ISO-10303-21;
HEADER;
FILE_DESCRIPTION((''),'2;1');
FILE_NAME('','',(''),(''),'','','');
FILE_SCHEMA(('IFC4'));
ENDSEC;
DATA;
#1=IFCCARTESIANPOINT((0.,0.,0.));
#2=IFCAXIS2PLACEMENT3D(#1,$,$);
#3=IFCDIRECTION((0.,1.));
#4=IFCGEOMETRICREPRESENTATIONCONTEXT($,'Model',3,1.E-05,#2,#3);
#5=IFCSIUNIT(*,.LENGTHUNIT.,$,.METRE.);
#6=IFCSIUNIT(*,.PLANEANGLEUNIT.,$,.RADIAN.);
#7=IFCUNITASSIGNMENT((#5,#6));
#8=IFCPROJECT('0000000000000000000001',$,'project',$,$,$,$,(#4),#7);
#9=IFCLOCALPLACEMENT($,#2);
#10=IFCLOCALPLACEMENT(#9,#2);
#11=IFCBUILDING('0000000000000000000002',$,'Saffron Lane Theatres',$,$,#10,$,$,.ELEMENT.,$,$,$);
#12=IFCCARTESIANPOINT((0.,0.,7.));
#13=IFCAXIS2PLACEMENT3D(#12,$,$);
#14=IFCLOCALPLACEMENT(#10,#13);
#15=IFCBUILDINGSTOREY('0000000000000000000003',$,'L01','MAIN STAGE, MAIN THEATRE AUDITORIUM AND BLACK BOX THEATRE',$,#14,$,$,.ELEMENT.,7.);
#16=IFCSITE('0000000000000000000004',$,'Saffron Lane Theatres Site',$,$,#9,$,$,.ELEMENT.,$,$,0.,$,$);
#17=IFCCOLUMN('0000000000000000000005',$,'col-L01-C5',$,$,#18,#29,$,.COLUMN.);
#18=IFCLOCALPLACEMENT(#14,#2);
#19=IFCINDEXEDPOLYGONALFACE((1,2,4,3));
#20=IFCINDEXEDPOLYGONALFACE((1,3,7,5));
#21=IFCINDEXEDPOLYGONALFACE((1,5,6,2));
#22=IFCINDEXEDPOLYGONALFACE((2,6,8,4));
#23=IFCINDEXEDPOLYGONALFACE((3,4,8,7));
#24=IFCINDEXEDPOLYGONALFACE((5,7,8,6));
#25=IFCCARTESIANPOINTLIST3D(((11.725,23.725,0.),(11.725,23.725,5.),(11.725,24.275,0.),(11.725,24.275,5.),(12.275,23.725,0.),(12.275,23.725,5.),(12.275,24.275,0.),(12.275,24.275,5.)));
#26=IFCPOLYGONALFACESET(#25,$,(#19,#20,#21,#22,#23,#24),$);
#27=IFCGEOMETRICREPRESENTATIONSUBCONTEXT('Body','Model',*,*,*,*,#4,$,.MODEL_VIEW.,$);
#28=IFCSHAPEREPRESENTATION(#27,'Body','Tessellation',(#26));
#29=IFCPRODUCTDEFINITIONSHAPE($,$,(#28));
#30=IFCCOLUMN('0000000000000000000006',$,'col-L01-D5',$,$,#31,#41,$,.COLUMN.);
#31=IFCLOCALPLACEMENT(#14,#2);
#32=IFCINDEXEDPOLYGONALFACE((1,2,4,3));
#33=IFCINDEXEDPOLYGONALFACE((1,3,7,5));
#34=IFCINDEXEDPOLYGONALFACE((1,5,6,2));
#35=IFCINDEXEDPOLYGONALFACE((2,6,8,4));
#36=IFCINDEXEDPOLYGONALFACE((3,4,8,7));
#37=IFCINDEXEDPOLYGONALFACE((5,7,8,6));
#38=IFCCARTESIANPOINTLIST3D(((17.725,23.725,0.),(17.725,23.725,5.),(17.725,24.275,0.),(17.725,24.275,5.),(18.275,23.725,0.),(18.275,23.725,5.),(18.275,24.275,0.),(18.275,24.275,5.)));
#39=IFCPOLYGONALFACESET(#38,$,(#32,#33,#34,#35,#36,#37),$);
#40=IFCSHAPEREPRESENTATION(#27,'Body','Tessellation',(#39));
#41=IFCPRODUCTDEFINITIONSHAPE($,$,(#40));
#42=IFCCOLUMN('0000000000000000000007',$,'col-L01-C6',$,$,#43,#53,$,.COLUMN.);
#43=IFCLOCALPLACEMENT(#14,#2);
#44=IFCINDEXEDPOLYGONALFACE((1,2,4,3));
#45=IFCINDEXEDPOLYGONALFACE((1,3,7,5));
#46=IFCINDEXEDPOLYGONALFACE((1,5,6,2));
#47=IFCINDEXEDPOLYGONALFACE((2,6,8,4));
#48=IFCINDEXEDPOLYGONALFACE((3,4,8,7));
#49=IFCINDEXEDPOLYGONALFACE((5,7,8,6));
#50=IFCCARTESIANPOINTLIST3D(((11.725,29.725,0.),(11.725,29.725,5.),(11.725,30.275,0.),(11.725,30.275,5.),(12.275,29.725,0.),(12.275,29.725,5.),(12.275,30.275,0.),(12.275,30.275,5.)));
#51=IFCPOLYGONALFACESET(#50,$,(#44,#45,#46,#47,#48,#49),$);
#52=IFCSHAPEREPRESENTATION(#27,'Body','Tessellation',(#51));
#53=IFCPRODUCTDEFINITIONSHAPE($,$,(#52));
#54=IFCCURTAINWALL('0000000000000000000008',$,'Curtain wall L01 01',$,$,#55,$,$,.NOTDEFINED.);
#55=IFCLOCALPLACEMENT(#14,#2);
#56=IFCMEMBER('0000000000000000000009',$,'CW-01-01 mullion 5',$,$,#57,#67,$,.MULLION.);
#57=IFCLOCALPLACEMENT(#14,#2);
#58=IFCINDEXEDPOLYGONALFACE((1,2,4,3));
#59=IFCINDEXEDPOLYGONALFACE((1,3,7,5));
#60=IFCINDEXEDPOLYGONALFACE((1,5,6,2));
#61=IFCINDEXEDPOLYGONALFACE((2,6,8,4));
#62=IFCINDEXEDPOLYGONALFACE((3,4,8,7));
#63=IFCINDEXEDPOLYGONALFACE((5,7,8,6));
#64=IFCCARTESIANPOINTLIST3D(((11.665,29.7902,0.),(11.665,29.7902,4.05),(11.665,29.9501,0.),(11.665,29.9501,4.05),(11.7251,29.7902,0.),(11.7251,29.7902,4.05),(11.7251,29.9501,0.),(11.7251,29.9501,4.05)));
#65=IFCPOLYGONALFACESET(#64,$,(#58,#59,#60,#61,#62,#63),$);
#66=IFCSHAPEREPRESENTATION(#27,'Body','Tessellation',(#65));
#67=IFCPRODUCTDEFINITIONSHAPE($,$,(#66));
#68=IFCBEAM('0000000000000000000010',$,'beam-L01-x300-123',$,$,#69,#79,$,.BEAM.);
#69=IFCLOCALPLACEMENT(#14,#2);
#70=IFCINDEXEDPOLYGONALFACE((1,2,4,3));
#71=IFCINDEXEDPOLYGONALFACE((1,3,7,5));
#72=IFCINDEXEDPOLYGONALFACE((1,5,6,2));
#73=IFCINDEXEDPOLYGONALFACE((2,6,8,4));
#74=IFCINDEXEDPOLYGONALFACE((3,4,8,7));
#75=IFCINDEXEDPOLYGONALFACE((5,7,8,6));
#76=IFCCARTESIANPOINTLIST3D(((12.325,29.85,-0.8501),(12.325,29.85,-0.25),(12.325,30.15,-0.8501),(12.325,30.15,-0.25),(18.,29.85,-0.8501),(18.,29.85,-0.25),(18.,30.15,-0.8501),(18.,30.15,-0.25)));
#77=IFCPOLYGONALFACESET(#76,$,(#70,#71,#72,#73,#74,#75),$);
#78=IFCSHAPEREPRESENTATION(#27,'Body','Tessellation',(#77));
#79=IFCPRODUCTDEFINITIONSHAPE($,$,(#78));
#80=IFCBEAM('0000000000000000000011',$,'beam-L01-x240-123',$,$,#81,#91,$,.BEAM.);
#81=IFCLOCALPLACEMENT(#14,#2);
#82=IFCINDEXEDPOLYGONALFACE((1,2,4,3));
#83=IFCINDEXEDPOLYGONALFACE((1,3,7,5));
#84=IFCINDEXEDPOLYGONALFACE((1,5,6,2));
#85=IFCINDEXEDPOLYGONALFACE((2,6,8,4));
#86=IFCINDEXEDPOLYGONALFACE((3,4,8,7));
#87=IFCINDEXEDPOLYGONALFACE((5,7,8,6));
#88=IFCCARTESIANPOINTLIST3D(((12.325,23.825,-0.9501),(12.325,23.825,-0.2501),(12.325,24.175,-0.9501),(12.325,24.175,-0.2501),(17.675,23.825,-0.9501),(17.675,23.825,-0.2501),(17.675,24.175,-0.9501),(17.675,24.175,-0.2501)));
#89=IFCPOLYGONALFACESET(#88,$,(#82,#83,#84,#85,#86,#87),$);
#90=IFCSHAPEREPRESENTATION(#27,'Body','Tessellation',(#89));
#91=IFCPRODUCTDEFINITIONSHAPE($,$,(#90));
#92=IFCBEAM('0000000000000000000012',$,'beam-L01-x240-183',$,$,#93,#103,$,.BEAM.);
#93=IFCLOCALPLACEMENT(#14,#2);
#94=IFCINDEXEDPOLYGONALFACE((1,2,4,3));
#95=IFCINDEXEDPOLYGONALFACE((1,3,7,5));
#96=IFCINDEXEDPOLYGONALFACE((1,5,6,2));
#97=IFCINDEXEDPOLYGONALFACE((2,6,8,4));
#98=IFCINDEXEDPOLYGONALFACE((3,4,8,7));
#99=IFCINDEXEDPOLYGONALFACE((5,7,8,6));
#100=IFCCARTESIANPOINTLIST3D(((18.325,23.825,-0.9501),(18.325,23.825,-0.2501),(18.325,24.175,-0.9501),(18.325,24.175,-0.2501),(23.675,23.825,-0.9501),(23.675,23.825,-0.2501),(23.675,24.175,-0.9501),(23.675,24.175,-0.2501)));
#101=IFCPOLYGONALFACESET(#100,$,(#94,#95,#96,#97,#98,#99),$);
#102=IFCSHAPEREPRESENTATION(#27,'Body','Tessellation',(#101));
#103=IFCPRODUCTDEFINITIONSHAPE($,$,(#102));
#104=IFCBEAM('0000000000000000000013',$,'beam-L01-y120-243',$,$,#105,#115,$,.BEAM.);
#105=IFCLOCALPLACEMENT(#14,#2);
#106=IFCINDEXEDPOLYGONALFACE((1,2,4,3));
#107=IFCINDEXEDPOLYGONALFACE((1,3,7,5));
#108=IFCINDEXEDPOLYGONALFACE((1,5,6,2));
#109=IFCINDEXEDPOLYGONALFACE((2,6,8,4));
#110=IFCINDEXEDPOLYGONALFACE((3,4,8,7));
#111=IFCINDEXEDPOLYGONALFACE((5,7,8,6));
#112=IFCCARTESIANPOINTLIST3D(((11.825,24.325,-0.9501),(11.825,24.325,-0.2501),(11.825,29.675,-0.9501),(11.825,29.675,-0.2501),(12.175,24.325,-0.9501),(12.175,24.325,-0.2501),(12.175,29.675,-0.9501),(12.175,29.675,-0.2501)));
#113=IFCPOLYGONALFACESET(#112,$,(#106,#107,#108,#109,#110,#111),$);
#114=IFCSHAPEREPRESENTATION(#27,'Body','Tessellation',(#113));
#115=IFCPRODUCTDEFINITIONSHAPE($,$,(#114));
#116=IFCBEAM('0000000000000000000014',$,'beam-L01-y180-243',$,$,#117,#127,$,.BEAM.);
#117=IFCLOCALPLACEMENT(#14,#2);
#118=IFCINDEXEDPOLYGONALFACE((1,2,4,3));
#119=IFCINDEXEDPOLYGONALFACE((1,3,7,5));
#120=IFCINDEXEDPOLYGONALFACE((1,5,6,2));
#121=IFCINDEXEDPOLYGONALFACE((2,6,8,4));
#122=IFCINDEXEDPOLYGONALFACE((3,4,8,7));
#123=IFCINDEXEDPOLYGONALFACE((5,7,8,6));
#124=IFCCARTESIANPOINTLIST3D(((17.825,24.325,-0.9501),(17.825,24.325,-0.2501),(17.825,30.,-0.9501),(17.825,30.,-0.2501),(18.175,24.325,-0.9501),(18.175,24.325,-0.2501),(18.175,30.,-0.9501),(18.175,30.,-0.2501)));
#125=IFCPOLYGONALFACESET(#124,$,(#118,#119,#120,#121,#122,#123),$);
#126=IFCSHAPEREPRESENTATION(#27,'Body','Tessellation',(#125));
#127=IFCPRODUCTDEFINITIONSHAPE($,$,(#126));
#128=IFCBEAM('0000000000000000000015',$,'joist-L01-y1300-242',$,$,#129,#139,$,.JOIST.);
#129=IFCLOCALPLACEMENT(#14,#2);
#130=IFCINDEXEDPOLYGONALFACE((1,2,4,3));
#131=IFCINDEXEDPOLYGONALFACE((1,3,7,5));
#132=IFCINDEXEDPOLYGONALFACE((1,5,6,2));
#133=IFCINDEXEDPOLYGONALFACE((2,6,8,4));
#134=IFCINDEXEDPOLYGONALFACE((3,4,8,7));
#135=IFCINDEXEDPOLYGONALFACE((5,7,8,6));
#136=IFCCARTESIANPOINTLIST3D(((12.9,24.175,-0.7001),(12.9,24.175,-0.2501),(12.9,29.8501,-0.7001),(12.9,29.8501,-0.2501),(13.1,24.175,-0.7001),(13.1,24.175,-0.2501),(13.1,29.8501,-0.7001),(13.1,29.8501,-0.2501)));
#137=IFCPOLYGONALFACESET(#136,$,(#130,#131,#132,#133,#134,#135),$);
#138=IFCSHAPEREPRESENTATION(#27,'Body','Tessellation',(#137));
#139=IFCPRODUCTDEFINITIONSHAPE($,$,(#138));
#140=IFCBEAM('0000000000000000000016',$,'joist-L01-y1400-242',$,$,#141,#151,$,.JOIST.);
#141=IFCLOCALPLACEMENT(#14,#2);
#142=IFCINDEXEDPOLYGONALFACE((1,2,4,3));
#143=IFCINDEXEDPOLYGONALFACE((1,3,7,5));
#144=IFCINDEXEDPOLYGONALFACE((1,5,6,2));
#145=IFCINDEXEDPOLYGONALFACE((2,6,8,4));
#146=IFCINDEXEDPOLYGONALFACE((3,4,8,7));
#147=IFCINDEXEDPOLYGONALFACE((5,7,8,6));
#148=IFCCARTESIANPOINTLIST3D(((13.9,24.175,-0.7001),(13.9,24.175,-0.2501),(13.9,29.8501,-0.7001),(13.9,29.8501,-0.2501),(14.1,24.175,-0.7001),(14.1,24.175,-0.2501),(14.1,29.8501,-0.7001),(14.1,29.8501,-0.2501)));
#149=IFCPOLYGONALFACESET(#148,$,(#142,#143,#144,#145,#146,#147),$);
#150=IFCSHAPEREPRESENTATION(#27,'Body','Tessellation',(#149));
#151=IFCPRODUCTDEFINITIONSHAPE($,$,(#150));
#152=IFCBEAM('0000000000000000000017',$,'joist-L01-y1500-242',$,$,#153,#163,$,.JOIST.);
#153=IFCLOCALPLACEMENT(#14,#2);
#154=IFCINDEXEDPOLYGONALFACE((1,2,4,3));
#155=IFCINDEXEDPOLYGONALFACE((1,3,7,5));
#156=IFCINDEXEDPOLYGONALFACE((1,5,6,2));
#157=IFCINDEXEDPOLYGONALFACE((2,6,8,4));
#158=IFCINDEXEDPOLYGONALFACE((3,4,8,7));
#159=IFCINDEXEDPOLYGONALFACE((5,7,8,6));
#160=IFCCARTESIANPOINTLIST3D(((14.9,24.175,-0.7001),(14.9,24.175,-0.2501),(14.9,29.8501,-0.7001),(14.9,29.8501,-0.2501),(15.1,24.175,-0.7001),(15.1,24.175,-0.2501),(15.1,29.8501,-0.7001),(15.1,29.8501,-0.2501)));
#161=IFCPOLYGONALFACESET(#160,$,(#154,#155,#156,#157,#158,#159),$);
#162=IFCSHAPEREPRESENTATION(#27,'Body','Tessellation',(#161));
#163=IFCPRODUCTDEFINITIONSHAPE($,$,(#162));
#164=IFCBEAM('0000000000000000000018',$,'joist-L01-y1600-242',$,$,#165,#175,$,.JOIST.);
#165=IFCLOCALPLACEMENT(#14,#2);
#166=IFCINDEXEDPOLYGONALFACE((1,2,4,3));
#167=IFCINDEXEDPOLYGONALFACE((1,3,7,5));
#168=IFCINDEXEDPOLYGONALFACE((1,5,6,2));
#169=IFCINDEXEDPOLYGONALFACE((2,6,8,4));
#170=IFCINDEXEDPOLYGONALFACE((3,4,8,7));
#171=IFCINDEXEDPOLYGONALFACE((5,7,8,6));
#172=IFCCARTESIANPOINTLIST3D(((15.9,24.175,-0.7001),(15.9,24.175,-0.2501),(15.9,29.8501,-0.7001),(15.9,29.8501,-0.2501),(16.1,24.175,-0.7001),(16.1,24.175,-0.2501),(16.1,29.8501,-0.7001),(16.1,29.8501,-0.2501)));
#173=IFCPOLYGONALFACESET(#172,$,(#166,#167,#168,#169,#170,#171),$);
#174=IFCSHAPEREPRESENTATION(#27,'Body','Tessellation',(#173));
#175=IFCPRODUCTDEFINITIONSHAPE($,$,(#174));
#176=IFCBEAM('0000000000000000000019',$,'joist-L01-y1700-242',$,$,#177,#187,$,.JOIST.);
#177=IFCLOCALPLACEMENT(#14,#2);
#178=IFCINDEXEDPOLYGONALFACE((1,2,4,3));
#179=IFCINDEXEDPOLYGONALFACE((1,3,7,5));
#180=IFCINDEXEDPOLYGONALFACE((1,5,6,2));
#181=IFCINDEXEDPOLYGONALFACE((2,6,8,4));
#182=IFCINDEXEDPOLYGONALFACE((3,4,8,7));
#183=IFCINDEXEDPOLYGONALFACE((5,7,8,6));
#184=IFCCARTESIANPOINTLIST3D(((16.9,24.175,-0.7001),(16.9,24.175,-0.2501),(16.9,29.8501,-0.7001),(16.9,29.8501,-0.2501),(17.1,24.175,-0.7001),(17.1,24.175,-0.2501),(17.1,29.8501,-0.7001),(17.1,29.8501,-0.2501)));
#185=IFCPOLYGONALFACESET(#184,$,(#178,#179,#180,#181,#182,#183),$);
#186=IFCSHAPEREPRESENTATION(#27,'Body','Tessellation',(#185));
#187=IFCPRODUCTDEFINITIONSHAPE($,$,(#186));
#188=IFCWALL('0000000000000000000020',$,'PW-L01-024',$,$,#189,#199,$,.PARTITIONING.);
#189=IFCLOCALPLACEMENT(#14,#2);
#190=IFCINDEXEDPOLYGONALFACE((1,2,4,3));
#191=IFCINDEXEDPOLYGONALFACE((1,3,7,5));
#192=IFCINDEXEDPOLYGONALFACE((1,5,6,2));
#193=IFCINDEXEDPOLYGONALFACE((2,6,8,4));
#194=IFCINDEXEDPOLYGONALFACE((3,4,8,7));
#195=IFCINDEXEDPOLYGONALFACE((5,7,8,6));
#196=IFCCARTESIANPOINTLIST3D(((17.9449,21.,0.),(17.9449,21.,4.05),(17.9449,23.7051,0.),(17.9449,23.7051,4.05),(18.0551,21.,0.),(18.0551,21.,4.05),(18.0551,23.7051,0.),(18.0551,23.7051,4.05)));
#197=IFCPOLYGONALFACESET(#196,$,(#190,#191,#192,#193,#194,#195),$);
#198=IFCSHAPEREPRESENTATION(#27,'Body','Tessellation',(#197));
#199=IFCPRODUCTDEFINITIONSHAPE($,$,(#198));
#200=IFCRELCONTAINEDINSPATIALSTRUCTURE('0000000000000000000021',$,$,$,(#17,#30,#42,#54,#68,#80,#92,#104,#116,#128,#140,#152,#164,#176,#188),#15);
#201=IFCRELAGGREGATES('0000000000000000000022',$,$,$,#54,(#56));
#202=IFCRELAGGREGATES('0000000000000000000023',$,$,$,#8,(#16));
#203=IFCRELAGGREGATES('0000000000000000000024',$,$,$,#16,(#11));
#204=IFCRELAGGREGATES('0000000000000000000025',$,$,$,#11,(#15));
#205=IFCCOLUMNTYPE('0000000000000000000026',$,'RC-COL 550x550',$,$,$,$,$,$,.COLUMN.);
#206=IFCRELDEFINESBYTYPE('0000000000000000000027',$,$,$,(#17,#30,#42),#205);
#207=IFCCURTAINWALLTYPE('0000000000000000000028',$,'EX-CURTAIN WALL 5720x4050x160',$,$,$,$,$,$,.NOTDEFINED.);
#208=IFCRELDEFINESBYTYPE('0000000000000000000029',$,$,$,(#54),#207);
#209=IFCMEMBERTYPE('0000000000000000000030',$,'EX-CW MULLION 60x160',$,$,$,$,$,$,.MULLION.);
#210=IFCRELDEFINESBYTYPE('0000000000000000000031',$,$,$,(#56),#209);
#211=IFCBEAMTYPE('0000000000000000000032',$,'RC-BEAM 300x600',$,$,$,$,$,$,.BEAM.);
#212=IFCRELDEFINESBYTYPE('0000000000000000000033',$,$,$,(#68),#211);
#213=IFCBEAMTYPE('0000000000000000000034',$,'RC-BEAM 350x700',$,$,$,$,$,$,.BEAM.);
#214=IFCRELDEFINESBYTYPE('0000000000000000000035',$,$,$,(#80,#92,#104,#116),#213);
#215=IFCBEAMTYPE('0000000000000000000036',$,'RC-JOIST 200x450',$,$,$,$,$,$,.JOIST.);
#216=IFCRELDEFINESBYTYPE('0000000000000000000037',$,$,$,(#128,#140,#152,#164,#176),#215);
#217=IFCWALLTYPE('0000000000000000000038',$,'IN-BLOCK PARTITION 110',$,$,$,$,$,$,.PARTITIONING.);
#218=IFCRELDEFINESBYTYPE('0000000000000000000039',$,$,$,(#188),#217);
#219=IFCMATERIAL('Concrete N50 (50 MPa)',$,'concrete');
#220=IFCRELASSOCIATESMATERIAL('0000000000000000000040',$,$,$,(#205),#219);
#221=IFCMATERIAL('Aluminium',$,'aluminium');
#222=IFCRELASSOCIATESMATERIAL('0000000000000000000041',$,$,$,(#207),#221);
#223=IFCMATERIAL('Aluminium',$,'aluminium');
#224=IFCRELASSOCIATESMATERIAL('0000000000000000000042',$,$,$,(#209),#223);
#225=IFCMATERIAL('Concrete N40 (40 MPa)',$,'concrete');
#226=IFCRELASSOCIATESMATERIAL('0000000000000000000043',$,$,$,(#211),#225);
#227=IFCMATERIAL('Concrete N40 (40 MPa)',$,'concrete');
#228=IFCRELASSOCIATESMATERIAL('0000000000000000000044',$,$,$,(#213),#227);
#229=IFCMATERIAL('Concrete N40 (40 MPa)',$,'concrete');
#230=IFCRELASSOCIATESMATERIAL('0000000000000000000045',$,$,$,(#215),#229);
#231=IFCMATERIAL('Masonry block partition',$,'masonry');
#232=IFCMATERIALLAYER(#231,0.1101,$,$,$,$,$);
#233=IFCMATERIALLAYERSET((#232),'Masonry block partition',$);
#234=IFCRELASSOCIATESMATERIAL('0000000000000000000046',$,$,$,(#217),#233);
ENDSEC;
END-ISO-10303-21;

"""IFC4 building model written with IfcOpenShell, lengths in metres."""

from ifc_helpers import new_model, si_unit, direction, frame, frame_2d, origin, origin_2d, place, context, subcontext, project, spatial, rectangle, extrude, material, layer, layer_set, material_profile, profile_set, type_object, element, aggregate, save


model = new_model("IFC4")

# Units and contexts
model_context = context("Model", 3, precision=1e-05, world=origin(), true_north=direction((0.0, 1.0)))
body_context = subcontext(model_context, "Body", "Model", "MODEL_VIEW")
ifc_project = project(units=[si_unit("LENGTHUNIT", "METRE"), si_unit("PLANEANGLEUNIT", "RADIAN")], contexts=[model_context])

# Site, building, storey
site_placement = place(None, origin())
site = spatial("IfcSite", under=ifc_project, at=site_placement, Name="Saffron Lane Theatres Site", CompositionType="ELEMENT", RefElevation=0.0)
building_placement = place(site_placement, origin())
building = spatial("IfcBuilding", under=site, at=building_placement, Name="Saffron Lane Theatres", CompositionType="ELEMENT")
storey_placement = place(building_placement, frame((0.0, 0.0, 7.0)))
storey = spatial("IfcBuildingStorey", under=building, at=storey_placement, Name="L01", Description="MAIN STAGE, MAIN THEATRE AUDITORIUM AND BLACK BOX THEATRE", CompositionType="ELEMENT", Elevation=7.0)

# Columns
ifc_material_1 = material(Name="Concrete N50 (50 MPa)", Category="concrete")
ifc_material_profile_1 = material_profile(ifc_material_1, rectangle(XDim=0.55, YDim=0.55, at=origin_2d()))
ifc_profile_set_1 = profile_set([ifc_material_profile_1], Name="Concrete N50 (50 MPa)")
column_type = type_object("IfcColumnType", Name="RC-COL 550x550", PredefinedType="COLUMN", material=ifc_profile_set_1)
for number, where, z_axis, x_axis, name in (
    (1, (12.0, 24.0, 0.0), (0.0, 0.0, 1.0), (1.0, 0.0, 0.0), "col-L01-C5"),
    (2, (18.0, 24.0, 0.0), (0.0, 0.0, 1.0), (1.0, 0.0, 0.0), "col-L01-D5"),
    (3, (12.0, 30.0, 0.0), (0.0, 0.0, 1.0), (1.0, 0.0, 0.0), "col-L01-C6"),
):
    element("IfcColumn", number, at=place(storey_placement, frame(where, z_axis=z_axis, x_axis=x_axis)), inside=storey, type_object=column_type, Name=name, PredefinedType="COLUMN", context=body_context, shape_type="SweptSolid", body=[
        extrude(rectangle(XDim=0.55, YDim=0.55, at=origin_2d()), origin(), (0.0, 0.0, 1.0), 5.0),
    ])

# Curtain wall, member
ifc_material_2 = material(Name="Aluminium", Category="aluminium")
curtain_wall_type = type_object("IfcCurtainWallType", Name="EX-CURTAIN WALL 5720x4050x160", PredefinedType="NOTDEFINED", material=ifc_material_2)
curtain_wall_placement = place(storey_placement, origin())
curtain_wall = element("IfcCurtainWall", 4, at=curtain_wall_placement, inside=storey, type_object=curtain_wall_type, Name="Curtain wall L01 01", PredefinedType="NOTDEFINED")
ifc_material_3 = material(Name="Aluminium", Category="aluminium")
ifc_material_profile_2 = material_profile(ifc_material_3, rectangle(XDim=0.0601, YDim=0.1599, at=origin_2d()))
ifc_profile_set_2 = profile_set([ifc_material_profile_2], Name="Aluminium")
member_type = type_object("IfcMemberType", Name="EX-CW MULLION 60x160", PredefinedType="MULLION", material=ifc_profile_set_2)
member_placement = place(storey_placement, frame((11.6951, 29.8701, 0.0), z_axis=(0.0, 0.0, 1.0), x_axis=(1.0, 0.0, 0.0)))
member = element("IfcMember", 5, at=member_placement, type_object=member_type, Name="CW-01-01 mullion 5", PredefinedType="MULLION", context=body_context, shape_type="SweptSolid", body=[
    extrude(rectangle(XDim=0.0601, YDim=0.1599, at=origin_2d()), origin(), (0.0, 0.0, 1.0), 4.05),
])
aggregate(curtain_wall, [member])

# Beams
ifc_material_4 = material(Name="Concrete N40 (40 MPa)", Category="concrete")
ifc_material_profile_3 = material_profile(ifc_material_4, rectangle(XDim=0.3, YDim=0.6001, at=origin_2d()))
ifc_profile_set_3 = profile_set([ifc_material_profile_3], Name="Concrete N40 (40 MPa)")
beam_type_1 = type_object("IfcBeamType", Name="RC-BEAM 300x600", PredefinedType="BEAM", material=ifc_profile_set_3)
beam_1_placement = place(storey_placement, frame((12.325, 30.0, -0.55), z_axis=(1.0, 0.0, 0.0), x_axis=(0.0, 1.0, 0.0)))
element("IfcBeam", 6, at=beam_1_placement, inside=storey, type_object=beam_type_1, Name="beam-L01-x300-123", PredefinedType="BEAM", context=body_context, shape_type="SweptSolid", body=[
    extrude(rectangle(XDim=0.3, YDim=0.6001, at=origin_2d()), origin(), (0.0, 0.0, 1.0), 5.675),
])
ifc_material_5 = material(Name="Concrete N40 (40 MPa)", Category="concrete")
ifc_material_profile_4 = material_profile(ifc_material_5, rectangle(XDim=0.3501, YDim=0.7, at=origin_2d()))
ifc_profile_set_4 = profile_set([ifc_material_profile_4], Name="Concrete N40 (40 MPa)")
beam_type_2 = type_object("IfcBeamType", Name="RC-BEAM 350x700", PredefinedType="BEAM", material=ifc_profile_set_4)
for number, where, z_axis, x_axis, name in (
    (7, (12.325, 24.0, -0.6001), (1.0, 0.0, 0.0), (0.0, 1.0, 0.0), "beam-L01-x240-123"),
    (8, (18.325, 24.0, -0.6001), (1.0, 0.0, 0.0), (0.0, 1.0, 0.0), "beam-L01-x240-183"),
    (9, (12.0, 24.325, -0.6001), (0.0, 1.0, 0.0), (-1.0, 0.0, 0.0), "beam-L01-y120-243"),
):
    element("IfcBeam", number, at=place(storey_placement, frame(where, z_axis=z_axis, x_axis=x_axis)), inside=storey, type_object=beam_type_2, Name=name, PredefinedType="BEAM", context=body_context, shape_type="SweptSolid", body=[
        extrude(rectangle(XDim=0.3501, YDim=0.7, at=origin_2d()), origin(), (0.0, 0.0, 1.0), 5.3501),
    ])
beam_2_placement = place(storey_placement, frame((18.0, 24.325, -0.6001), z_axis=(0.0, 1.0, 0.0), x_axis=(-1.0, 0.0, 0.0)))
element("IfcBeam", 10, at=beam_2_placement, inside=storey, type_object=beam_type_2, Name="beam-L01-y180-243", PredefinedType="BEAM", context=body_context, shape_type="SweptSolid", body=[
    extrude(rectangle(XDim=0.3501, YDim=0.7, at=origin_2d()), origin(), (0.0, 0.0, 1.0), 5.675),
])
ifc_material_6 = material(Name="Concrete N40 (40 MPa)", Category="concrete")
ifc_material_profile_5 = material_profile(ifc_material_6, rectangle(XDim=0.2, YDim=0.45, at=origin_2d()))
ifc_profile_set_5 = profile_set([ifc_material_profile_5], Name="Concrete N40 (40 MPa)")
beam_type_3 = type_object("IfcBeamType", Name="RC-JOIST 200x450", PredefinedType="JOIST", material=ifc_profile_set_5)
for number, where, z_axis, x_axis, name in (
    (11, (13.0, 24.175, -0.4751), (0.0, 1.0, 0.0), (-1.0, 0.0, 0.0), "joist-L01-y1300-242"),
    (12, (14.0, 24.175, -0.4751), (0.0, 1.0, 0.0), (-1.0, 0.0, 0.0), "joist-L01-y1400-242"),
    (13, (15.0, 24.175, -0.4751), (0.0, 1.0, 0.0), (-1.0, 0.0, 0.0), "joist-L01-y1500-242"),
    (14, (16.0, 24.175, -0.4751), (0.0, 1.0, 0.0), (-1.0, 0.0, 0.0), "joist-L01-y1600-242"),
    (15, (17.0, 24.175, -0.4751), (0.0, 1.0, 0.0), (-1.0, 0.0, 0.0), "joist-L01-y1700-242"),
):
    element("IfcBeam", number, at=place(storey_placement, frame(where, z_axis=z_axis, x_axis=x_axis)), inside=storey, type_object=beam_type_3, Name=name, PredefinedType="JOIST", context=body_context, shape_type="SweptSolid", body=[
        extrude(rectangle(XDim=0.2, YDim=0.45, at=origin_2d()), origin(), (0.0, 0.0, 1.0), 5.675),
    ])

# Wall
ifc_material_7 = material(Name="Masonry block partition", Category="masonry")
ifc_layer_1 = layer(ifc_material_7, 0.1101)
ifc_layer_set_1 = layer_set([ifc_layer_1], Name="Masonry block partition")
wall_type_1 = type_object("IfcWallType", Name="IN-BLOCK PARTITION 110", PredefinedType="PARTITIONING", material=ifc_layer_set_1)
wall_1_placement = place(storey_placement, frame((18.0, 21.0, 0.0), z_axis=(0.0, 0.0, 1.0), x_axis=(0.0, 1.0, 0.0)))
element("IfcWall", 16, at=wall_1_placement, inside=storey, type_object=wall_type_1, Name="PW-L01-024", PredefinedType="PARTITIONING", context=body_context, shape_type="SweptSolid", body=[
    extrude(rectangle(XDim=2.7051, YDim=0.1101, at=frame_2d((1.3525, 0.0))), origin(), (0.0, 0.0, 1.0), 4.05),
])

save(model, "model.ifc")
